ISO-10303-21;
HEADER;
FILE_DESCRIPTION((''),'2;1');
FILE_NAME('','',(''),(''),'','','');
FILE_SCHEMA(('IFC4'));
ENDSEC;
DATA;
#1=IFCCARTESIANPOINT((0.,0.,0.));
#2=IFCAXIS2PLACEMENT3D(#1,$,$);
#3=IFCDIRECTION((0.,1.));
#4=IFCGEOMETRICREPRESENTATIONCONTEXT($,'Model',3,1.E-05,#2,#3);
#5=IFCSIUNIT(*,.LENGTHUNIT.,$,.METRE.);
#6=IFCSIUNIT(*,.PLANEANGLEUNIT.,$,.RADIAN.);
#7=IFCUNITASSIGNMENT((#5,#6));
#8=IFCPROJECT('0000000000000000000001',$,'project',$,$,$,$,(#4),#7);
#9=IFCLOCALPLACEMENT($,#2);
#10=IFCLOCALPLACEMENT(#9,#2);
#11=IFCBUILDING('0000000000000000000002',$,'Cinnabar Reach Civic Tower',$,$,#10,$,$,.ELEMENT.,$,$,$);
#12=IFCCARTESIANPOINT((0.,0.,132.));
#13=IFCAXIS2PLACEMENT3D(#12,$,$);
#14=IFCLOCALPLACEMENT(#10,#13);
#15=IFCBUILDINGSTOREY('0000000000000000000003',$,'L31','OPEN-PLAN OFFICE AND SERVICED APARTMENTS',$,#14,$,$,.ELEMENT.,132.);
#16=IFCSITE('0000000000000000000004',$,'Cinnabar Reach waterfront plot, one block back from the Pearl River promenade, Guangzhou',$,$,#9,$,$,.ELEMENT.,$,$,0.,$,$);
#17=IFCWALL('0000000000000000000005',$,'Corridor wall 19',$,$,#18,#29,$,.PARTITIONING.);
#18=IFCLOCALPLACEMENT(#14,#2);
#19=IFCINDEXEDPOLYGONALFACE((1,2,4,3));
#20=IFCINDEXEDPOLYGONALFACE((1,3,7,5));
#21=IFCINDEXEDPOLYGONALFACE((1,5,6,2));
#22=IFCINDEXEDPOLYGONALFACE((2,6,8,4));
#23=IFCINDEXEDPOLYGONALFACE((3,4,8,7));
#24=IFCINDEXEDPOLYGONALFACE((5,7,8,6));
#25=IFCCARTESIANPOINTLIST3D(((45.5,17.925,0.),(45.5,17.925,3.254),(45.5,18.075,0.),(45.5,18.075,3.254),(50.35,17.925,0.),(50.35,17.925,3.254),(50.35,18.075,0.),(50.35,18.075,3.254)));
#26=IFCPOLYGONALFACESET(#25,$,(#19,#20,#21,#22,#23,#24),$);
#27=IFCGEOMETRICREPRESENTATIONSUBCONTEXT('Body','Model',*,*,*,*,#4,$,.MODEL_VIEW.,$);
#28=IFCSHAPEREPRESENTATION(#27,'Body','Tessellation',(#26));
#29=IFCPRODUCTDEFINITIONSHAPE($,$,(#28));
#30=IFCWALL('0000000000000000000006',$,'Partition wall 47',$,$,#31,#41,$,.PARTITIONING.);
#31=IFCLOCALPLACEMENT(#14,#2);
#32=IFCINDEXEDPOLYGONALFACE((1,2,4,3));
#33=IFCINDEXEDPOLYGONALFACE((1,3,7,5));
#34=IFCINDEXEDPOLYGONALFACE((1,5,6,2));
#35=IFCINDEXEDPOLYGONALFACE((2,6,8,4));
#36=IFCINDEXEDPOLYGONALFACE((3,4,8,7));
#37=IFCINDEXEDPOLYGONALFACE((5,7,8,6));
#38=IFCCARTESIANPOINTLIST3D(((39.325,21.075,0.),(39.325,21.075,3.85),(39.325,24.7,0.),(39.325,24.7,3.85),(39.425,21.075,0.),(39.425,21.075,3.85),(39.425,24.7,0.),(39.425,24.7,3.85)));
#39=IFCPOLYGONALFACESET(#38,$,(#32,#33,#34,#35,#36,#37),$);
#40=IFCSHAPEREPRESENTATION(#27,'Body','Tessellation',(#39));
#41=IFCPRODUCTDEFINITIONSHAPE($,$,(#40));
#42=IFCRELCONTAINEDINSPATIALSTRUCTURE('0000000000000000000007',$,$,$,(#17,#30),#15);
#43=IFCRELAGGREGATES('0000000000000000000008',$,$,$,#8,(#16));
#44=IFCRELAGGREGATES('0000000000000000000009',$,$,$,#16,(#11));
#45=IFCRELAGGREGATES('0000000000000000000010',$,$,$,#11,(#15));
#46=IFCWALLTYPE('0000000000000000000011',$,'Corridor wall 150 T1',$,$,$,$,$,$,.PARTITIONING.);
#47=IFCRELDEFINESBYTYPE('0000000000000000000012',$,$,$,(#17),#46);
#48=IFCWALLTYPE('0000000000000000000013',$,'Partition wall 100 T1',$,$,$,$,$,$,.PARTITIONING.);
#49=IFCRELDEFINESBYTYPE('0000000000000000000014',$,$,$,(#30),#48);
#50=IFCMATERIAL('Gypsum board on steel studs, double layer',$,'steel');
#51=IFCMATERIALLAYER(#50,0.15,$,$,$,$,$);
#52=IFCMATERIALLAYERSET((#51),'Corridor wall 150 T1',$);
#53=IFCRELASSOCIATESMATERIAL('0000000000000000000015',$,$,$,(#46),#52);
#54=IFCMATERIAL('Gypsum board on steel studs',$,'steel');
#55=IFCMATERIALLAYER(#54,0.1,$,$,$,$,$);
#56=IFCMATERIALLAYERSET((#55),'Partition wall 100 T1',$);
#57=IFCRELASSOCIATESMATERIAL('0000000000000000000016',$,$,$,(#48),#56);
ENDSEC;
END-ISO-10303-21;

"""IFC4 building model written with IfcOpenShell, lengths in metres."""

from ifc_helpers import new_model, si_unit, direction, frame, frame_2d, origin, place, context, subcontext, project, spatial, rectangle, extrude, material, layer, layer_set, type_object, element, save


model = new_model("IFC4")

# Units and contexts
model_context = context("Model", 3, precision=1e-05, world=origin(), true_north=direction((0.0, 1.0)))
body_context = subcontext(model_context, "Body", "Model", "MODEL_VIEW")
ifc_project = project(units=[si_unit("LENGTHUNIT", "METRE"), si_unit("PLANEANGLEUNIT", "RADIAN")], contexts=[model_context])

# Site, building, storey
site_placement = place(None, origin())
site = spatial("IfcSite", under=ifc_project, at=site_placement, Name="Cinnabar Reach waterfront plot, one block back from the Pearl River promenade, Guangzhou", CompositionType="ELEMENT", RefElevation=0.0)
building_placement = place(site_placement, origin())
building = spatial("IfcBuilding", under=site, at=building_placement, Name="Cinnabar Reach Civic Tower", CompositionType="ELEMENT")
storey_placement = place(building_placement, frame((0.0, 0.0, 132.0)))
storey = spatial("IfcBuildingStorey", under=building, at=storey_placement, Name="L31", Description="OPEN-PLAN OFFICE AND SERVICED APARTMENTS", CompositionType="ELEMENT", Elevation=132.0)

# Walls
ifc_material_1 = material(Name="Gypsum board on steel studs, double layer", Category="steel")
ifc_layer_1 = layer(ifc_material_1, 0.15)
ifc_layer_set_1 = layer_set([ifc_layer_1], Name="Corridor wall 150 T1")
wall_type_1 = type_object("IfcWallType", Name="Corridor wall 150 T1", PredefinedType="PARTITIONING", material=ifc_layer_set_1)
wall_1_placement = place(storey_placement, frame((45.5, 18.0, 0.0), z_axis=(0.0, 0.0, 1.0), x_axis=(1.0, 0.0, 0.0)))
element("IfcWall", 1, at=wall_1_placement, inside=storey, type_object=wall_type_1, Name="Corridor wall 19", PredefinedType="PARTITIONING", context=body_context, shape_type="SweptSolid", body=[
    extrude(rectangle(XDim=4.85, YDim=0.15, at=frame_2d((2.425, 0.0))), origin(), (0.0, 0.0, 1.0), 3.254),
])
ifc_material_2 = material(Name="Gypsum board on steel studs", Category="steel")
ifc_layer_2 = layer(ifc_material_2, 0.1)
ifc_layer_set_2 = layer_set([ifc_layer_2], Name="Partition wall 100 T1")
wall_type_2 = type_object("IfcWallType", Name="Partition wall 100 T1", PredefinedType="PARTITIONING", material=ifc_layer_set_2)
wall_2_placement = place(storey_placement, frame((39.375, 21.075, 0.0), z_axis=(0.0, 0.0, 1.0), x_axis=(0.0, 1.0, 0.0)))
element("IfcWall", 2, at=wall_2_placement, inside=storey, type_object=wall_type_2, Name="Partition wall 47", PredefinedType="PARTITIONING", context=body_context, shape_type="SweptSolid", body=[
    extrude(rectangle(XDim=3.625, YDim=0.1, at=frame_2d((1.8125, 0.0))), origin(), (0.0, 0.0, 1.0), 3.85),
])

save(model, "model.ifc")
